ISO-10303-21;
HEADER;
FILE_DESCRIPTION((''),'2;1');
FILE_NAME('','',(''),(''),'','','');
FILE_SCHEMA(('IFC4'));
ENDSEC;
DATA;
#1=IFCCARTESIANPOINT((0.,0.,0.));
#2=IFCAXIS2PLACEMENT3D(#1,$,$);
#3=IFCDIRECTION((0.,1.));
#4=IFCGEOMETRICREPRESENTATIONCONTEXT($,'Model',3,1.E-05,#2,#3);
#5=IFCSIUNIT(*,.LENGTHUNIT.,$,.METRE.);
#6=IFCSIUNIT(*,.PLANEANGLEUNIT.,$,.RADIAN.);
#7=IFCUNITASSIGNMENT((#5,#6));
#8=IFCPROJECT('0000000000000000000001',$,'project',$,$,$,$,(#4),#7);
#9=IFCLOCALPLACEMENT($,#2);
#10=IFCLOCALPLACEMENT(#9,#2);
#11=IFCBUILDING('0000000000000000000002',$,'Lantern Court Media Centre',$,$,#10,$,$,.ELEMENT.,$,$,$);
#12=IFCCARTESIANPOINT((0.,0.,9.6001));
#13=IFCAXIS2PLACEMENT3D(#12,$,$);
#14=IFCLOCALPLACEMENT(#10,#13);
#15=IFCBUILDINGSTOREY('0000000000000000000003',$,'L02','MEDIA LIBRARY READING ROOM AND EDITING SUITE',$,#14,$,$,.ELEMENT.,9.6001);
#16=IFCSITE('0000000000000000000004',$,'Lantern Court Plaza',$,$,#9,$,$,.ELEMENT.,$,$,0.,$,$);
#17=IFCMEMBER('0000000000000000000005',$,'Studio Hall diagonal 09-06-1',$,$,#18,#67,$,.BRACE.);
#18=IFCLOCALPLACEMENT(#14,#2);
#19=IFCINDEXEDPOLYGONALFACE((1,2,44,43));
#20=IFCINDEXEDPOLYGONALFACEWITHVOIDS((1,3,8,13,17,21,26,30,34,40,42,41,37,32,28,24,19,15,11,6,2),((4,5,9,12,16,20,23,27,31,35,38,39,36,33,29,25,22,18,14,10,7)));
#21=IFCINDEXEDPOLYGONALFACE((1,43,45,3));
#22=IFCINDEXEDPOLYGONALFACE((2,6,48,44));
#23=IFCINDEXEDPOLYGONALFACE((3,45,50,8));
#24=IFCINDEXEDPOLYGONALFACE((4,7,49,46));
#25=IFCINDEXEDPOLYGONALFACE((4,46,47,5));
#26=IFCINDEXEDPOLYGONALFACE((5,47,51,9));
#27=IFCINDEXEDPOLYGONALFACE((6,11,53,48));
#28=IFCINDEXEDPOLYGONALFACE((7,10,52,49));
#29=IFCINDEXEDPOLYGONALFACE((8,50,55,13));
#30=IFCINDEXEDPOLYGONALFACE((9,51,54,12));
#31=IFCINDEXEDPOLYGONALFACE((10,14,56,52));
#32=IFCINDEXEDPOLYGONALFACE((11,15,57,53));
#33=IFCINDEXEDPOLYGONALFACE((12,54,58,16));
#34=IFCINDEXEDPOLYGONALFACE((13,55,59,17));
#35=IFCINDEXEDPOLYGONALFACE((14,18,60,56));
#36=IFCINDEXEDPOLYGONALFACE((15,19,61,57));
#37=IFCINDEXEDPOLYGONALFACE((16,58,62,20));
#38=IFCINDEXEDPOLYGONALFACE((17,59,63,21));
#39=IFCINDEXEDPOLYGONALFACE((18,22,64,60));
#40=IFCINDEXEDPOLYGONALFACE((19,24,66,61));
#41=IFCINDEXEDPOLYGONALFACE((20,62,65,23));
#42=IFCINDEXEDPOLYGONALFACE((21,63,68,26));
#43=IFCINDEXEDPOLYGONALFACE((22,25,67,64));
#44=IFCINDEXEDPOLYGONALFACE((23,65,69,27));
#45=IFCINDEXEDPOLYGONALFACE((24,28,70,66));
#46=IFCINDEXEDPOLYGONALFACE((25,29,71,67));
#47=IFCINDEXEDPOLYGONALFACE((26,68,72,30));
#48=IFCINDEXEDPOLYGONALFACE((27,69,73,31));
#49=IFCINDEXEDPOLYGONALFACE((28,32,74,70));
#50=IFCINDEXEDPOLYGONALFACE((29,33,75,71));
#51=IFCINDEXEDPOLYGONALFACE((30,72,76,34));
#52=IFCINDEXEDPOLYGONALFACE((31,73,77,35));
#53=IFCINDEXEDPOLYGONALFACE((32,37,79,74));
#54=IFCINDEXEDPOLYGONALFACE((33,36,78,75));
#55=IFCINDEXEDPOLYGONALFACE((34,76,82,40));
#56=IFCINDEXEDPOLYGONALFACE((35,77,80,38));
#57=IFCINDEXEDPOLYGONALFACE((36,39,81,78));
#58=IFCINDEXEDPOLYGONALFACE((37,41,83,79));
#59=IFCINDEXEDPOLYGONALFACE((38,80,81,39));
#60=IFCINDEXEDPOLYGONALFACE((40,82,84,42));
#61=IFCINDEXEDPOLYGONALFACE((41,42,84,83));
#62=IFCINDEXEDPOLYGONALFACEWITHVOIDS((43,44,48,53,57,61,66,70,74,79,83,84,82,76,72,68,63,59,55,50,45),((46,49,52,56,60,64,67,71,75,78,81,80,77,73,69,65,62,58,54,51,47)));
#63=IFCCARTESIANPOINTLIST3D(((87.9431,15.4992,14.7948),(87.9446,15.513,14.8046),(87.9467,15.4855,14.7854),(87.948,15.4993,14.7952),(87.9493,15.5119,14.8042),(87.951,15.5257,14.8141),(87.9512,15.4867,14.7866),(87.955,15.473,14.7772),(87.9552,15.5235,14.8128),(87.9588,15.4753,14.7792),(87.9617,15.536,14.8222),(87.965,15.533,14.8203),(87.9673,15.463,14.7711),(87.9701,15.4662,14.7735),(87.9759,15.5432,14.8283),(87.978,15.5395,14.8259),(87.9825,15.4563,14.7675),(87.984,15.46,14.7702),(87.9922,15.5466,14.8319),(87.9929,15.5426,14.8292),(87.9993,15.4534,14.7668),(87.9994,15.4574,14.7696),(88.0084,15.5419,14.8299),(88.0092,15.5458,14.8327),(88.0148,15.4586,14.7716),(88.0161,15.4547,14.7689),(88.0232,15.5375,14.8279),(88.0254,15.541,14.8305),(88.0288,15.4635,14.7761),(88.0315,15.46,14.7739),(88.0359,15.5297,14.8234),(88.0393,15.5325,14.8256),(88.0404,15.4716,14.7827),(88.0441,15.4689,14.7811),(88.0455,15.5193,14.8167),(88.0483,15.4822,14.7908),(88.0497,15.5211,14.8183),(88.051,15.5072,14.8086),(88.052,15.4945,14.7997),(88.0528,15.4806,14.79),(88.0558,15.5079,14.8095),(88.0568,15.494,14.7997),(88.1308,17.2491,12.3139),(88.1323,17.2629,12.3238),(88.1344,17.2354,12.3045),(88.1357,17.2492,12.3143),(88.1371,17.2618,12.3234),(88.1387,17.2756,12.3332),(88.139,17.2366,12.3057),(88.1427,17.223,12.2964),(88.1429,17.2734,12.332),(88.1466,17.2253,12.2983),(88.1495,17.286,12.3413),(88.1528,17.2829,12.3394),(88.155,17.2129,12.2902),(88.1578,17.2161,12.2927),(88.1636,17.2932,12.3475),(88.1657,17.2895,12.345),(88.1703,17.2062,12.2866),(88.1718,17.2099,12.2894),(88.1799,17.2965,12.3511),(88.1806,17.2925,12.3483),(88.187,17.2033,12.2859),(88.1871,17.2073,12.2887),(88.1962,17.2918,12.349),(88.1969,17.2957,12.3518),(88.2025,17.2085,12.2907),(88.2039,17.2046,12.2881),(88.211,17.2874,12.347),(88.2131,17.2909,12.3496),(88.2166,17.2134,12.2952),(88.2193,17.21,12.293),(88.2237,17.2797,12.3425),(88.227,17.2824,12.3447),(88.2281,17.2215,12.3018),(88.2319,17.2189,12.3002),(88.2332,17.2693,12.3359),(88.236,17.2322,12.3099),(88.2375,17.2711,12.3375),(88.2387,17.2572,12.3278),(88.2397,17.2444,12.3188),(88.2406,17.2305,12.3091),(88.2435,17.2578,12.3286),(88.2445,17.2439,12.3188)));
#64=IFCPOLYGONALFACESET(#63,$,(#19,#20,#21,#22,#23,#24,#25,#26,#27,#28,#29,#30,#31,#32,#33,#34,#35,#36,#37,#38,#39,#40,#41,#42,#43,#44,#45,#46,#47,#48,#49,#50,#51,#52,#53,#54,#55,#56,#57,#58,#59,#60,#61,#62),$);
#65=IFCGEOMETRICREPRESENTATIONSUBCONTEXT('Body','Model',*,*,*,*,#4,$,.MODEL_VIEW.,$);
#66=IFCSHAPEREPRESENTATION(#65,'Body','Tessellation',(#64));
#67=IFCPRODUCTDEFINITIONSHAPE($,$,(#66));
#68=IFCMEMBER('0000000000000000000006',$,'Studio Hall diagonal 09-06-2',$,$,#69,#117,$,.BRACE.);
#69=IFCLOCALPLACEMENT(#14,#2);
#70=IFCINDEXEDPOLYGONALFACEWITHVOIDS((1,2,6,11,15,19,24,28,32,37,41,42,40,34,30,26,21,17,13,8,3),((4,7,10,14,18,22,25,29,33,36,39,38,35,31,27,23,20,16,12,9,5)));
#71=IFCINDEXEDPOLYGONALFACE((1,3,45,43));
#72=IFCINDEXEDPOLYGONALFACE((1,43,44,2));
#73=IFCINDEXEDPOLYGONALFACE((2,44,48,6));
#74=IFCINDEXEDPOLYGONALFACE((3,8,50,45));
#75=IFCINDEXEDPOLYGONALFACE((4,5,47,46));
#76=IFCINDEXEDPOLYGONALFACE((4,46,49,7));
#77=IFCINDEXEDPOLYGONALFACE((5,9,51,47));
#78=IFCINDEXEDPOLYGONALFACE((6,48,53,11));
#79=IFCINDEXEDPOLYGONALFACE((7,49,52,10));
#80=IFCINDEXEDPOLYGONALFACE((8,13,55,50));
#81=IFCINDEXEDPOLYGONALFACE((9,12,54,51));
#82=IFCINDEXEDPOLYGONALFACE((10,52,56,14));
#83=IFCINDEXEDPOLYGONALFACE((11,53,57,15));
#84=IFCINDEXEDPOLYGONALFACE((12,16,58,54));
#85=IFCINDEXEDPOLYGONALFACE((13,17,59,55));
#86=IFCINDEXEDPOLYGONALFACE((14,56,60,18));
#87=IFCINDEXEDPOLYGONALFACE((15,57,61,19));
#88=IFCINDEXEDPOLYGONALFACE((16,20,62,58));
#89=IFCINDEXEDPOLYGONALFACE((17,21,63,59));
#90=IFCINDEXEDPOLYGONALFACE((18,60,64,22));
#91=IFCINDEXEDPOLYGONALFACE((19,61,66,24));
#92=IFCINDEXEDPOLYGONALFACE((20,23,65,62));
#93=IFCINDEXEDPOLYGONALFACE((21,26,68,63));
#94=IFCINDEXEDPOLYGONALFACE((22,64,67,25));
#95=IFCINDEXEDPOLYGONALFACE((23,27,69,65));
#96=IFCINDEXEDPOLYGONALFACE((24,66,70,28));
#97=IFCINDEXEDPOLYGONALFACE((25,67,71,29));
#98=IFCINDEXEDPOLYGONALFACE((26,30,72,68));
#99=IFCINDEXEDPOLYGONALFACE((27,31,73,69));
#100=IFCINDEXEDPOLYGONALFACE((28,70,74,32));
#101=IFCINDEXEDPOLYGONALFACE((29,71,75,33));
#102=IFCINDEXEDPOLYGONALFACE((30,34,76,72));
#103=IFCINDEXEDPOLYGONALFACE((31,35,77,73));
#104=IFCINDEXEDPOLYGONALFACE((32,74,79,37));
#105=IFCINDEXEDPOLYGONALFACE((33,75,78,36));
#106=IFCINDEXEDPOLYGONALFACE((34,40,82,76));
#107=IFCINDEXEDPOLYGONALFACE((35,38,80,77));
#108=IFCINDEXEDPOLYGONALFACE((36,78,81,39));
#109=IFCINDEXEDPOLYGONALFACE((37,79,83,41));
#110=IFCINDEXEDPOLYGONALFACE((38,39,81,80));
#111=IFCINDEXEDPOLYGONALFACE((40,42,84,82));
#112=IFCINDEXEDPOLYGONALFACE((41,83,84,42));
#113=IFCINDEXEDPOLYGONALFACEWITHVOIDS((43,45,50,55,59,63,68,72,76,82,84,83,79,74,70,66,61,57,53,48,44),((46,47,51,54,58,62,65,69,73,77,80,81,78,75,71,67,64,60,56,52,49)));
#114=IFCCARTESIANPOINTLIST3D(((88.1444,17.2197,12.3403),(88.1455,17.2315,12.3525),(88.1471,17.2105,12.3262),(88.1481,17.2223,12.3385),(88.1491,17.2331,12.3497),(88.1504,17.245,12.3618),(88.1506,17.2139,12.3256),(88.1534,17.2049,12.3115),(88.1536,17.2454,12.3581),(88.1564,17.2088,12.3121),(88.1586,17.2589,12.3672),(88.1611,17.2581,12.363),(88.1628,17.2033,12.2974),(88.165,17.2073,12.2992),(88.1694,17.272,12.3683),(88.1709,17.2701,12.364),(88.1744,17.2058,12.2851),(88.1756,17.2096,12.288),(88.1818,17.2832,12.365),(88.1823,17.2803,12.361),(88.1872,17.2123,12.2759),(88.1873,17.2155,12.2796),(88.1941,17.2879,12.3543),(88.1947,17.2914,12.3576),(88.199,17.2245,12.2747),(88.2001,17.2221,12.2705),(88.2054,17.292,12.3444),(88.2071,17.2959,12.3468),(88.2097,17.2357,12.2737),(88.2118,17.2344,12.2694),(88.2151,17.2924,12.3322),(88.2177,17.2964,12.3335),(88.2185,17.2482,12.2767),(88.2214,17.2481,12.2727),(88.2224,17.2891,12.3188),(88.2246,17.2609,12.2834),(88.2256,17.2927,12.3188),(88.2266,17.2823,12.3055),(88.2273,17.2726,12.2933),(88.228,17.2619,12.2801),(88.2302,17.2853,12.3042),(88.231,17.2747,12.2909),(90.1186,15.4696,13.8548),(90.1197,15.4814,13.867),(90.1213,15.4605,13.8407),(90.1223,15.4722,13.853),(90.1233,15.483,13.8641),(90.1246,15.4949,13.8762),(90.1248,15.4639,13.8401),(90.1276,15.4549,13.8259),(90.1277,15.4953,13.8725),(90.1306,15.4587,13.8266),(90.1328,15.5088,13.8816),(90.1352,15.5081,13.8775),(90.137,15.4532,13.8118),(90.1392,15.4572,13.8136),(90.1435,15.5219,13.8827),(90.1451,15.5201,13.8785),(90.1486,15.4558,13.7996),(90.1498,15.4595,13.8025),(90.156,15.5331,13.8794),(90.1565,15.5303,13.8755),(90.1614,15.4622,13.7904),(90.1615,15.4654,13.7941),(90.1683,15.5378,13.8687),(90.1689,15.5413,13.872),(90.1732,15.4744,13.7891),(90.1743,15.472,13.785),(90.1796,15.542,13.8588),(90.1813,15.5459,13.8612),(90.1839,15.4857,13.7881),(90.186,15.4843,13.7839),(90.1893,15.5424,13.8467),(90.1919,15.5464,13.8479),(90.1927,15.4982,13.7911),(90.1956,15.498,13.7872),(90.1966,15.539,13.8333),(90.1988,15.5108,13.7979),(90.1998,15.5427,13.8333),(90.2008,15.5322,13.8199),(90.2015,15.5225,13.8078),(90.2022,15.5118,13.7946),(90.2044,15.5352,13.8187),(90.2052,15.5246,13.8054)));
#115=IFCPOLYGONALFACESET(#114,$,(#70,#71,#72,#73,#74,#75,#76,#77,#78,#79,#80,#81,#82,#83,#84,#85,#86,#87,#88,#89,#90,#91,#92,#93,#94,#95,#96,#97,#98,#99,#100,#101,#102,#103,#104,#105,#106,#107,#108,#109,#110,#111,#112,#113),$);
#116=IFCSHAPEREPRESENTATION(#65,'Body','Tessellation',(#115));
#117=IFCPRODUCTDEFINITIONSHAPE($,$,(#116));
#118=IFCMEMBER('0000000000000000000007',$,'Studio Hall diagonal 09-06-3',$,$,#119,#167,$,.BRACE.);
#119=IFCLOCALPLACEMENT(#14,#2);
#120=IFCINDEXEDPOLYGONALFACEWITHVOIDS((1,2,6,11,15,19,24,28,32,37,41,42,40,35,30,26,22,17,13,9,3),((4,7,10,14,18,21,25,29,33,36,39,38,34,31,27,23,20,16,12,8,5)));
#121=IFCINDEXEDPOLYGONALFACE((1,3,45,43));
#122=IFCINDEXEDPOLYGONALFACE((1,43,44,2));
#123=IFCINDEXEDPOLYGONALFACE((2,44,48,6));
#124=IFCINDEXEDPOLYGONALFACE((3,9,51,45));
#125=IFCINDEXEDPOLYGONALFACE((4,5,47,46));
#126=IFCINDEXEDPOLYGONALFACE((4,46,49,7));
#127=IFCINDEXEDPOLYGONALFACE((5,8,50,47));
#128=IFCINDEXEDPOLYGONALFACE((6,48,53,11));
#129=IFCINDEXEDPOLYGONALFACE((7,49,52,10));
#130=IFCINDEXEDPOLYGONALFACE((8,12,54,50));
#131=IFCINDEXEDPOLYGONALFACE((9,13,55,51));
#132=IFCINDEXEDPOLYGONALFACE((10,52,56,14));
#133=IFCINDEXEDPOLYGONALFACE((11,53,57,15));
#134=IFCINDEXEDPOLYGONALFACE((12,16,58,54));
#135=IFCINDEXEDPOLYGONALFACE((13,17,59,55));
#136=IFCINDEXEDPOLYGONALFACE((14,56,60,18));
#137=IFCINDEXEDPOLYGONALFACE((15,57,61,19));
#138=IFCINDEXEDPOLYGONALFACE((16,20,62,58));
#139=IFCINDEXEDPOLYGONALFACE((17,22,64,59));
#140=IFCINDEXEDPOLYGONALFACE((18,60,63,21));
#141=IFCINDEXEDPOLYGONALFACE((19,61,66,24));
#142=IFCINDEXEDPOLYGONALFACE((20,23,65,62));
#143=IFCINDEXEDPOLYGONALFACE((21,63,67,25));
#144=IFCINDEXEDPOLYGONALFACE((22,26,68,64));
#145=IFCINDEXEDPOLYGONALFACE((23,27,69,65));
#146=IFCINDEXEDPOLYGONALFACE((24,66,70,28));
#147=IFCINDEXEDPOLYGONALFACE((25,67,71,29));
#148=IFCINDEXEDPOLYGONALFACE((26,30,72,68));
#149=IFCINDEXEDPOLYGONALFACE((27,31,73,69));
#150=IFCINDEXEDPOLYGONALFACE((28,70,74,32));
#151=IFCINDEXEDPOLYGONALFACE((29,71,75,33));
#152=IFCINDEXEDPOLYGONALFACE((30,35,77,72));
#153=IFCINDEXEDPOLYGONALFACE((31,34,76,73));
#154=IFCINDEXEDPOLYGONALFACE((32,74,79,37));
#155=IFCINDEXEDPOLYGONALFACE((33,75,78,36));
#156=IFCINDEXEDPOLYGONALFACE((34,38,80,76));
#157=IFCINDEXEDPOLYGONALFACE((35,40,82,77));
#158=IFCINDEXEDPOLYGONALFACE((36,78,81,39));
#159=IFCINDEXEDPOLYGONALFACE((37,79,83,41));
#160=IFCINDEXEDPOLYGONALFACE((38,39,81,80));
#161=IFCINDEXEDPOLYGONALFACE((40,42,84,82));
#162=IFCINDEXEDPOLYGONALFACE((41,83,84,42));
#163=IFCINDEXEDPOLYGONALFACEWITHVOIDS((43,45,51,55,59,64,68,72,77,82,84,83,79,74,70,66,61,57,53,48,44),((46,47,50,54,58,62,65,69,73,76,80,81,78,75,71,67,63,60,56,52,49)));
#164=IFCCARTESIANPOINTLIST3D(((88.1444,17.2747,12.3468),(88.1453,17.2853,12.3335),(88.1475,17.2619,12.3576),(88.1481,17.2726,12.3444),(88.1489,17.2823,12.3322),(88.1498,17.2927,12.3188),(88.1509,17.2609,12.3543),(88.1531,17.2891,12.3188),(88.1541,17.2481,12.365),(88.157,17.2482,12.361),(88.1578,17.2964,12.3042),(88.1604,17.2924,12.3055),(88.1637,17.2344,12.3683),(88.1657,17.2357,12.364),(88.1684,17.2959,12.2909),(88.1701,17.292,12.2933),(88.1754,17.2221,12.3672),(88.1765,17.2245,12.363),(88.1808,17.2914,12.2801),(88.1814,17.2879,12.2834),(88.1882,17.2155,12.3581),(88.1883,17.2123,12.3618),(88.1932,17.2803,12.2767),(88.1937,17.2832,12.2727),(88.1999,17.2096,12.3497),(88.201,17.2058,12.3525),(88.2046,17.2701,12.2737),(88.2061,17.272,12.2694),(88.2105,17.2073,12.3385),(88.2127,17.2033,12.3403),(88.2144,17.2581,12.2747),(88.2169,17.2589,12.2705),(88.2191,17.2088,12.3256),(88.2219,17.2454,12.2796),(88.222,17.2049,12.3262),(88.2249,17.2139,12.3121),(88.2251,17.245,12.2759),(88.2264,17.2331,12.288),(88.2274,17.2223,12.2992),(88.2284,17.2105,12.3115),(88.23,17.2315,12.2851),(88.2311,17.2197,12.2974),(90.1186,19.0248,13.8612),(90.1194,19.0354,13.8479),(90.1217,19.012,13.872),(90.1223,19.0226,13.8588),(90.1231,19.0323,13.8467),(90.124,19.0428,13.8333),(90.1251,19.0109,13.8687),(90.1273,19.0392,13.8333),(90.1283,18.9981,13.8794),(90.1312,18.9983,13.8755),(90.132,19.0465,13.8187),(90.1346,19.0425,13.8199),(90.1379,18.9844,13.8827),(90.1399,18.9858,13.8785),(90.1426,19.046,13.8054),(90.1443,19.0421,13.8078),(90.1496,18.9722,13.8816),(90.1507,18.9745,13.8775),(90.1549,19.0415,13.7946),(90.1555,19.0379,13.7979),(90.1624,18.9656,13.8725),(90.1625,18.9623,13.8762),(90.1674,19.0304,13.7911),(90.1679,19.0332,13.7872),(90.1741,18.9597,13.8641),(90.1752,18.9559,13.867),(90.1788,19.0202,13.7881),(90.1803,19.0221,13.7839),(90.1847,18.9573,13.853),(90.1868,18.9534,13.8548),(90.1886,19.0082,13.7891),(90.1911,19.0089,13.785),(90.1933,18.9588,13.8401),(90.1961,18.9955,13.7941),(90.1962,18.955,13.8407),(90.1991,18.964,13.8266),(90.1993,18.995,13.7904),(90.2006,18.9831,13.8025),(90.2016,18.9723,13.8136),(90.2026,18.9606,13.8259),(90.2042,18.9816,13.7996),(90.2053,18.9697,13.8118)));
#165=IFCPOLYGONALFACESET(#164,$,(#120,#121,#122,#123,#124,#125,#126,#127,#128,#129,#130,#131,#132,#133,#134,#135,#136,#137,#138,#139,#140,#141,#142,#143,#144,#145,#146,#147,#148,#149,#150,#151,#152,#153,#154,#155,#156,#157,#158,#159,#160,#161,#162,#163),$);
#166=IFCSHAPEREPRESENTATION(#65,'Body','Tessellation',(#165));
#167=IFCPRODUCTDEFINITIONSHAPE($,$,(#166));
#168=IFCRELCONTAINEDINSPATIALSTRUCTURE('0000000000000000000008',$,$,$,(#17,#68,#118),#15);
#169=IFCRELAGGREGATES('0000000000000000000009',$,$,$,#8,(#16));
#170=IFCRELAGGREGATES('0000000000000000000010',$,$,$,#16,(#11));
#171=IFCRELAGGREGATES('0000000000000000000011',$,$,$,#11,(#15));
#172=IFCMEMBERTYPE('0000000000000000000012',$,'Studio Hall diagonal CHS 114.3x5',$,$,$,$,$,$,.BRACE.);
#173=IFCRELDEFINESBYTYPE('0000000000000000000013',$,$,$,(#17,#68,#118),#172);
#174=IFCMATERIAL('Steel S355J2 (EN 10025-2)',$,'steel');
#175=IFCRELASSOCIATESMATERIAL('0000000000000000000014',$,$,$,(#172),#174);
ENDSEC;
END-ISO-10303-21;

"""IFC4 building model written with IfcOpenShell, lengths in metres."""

from ifc_helpers import new_model, si_unit, direction, frame, origin, origin_2d, place, context, subcontext, project, spatial, hollow_circle, extrude, material, material_profile, profile_set, type_object, element, save


model = new_model("IFC4")

# Units and contexts
model_context = context("Model", 3, precision=1e-05, world=origin(), true_north=direction((0.0, 1.0)))
body_context = subcontext(model_context, "Body", "Model", "MODEL_VIEW")
ifc_project = project(units=[si_unit("LENGTHUNIT", "METRE"), si_unit("PLANEANGLEUNIT", "RADIAN")], contexts=[model_context])

# Site, building, storey
site_placement = place(None, origin())
site = spatial("IfcSite", under=ifc_project, at=site_placement, Name="Lantern Court Plaza", CompositionType="ELEMENT", RefElevation=0.0)
building_placement = place(site_placement, origin())
building = spatial("IfcBuilding", under=site, at=building_placement, Name="Lantern Court Media Centre", CompositionType="ELEMENT")
storey_placement = place(building_placement, frame((0.0, 0.0, 9.6001)))
storey = spatial("IfcBuildingStorey", under=building, at=storey_placement, Name="L02", Description="MEDIA LIBRARY READING ROOM AND EDITING SUITE", CompositionType="ELEMENT", Elevation=9.6001)

# Members
ifc_material = material(Name="Steel S355J2 (EN 10025-2)", Category="steel")
ifc_material_profile_1 = material_profile(ifc_material, hollow_circle(Radius=0.0571, WallThickness=0.0049, at=origin_2d()), Name="Studio Hall diagonal CHS 114.3x5")
ifc_profile_set_1 = profile_set([ifc_material_profile_1], Name="Steel S355J2 (EN 10025-2)")
member_type_1 = type_object("IfcMemberType", Name="Studio Hall diagonal CHS 114.3x5", PredefinedType="BRACE", material=ifc_profile_set_1)
member_1_placement = place(storey_placement, frame((88.1877, 17.25, 12.3188), z_axis=(-0.06172, -0.575306, 0.815606), x_axis=(0.994294, -0.10667, 0.0)))
element("IfcMember", 1, at=member_1_placement, inside=storey, type_object=member_type_1, Name="Studio Hall diagonal 09-06-1", PredefinedType="BRACE", context=body_context, shape_type="SweptSolid", body=[
    extrude(hollow_circle(Radius=0.0571, WallThickness=0.0049, at=origin_2d()), origin(), (0.0, 0.0, 1.0), 3.0417),
])
for number, where, z_axis, x_axis, name in (
    (2, (88.1877, 17.25, 12.3188), (0.648979, -0.575301, 0.49785), (0.663352, 0.748307, 0.0), "Studio Hall diagonal 09-06-2"),
    (3, (88.1877, 17.25, 12.3188), (0.648979, 0.575301, 0.49785), (-0.663352, 0.748307, 0.0), "Studio Hall diagonal 09-06-3"),
):
    element("IfcMember", number, at=place(storey_placement, frame(where, z_axis=z_axis, x_axis=x_axis)), inside=storey, type_object=member_type_1, Name=name, PredefinedType="BRACE", context=body_context, shape_type="SweptSolid", body=[
        extrude(hollow_circle(Radius=0.0571, WallThickness=0.0049, at=origin_2d()), origin(), (0.0, 0.0, 1.0), 3.042),
    ])

save(model, "model.ifc")
